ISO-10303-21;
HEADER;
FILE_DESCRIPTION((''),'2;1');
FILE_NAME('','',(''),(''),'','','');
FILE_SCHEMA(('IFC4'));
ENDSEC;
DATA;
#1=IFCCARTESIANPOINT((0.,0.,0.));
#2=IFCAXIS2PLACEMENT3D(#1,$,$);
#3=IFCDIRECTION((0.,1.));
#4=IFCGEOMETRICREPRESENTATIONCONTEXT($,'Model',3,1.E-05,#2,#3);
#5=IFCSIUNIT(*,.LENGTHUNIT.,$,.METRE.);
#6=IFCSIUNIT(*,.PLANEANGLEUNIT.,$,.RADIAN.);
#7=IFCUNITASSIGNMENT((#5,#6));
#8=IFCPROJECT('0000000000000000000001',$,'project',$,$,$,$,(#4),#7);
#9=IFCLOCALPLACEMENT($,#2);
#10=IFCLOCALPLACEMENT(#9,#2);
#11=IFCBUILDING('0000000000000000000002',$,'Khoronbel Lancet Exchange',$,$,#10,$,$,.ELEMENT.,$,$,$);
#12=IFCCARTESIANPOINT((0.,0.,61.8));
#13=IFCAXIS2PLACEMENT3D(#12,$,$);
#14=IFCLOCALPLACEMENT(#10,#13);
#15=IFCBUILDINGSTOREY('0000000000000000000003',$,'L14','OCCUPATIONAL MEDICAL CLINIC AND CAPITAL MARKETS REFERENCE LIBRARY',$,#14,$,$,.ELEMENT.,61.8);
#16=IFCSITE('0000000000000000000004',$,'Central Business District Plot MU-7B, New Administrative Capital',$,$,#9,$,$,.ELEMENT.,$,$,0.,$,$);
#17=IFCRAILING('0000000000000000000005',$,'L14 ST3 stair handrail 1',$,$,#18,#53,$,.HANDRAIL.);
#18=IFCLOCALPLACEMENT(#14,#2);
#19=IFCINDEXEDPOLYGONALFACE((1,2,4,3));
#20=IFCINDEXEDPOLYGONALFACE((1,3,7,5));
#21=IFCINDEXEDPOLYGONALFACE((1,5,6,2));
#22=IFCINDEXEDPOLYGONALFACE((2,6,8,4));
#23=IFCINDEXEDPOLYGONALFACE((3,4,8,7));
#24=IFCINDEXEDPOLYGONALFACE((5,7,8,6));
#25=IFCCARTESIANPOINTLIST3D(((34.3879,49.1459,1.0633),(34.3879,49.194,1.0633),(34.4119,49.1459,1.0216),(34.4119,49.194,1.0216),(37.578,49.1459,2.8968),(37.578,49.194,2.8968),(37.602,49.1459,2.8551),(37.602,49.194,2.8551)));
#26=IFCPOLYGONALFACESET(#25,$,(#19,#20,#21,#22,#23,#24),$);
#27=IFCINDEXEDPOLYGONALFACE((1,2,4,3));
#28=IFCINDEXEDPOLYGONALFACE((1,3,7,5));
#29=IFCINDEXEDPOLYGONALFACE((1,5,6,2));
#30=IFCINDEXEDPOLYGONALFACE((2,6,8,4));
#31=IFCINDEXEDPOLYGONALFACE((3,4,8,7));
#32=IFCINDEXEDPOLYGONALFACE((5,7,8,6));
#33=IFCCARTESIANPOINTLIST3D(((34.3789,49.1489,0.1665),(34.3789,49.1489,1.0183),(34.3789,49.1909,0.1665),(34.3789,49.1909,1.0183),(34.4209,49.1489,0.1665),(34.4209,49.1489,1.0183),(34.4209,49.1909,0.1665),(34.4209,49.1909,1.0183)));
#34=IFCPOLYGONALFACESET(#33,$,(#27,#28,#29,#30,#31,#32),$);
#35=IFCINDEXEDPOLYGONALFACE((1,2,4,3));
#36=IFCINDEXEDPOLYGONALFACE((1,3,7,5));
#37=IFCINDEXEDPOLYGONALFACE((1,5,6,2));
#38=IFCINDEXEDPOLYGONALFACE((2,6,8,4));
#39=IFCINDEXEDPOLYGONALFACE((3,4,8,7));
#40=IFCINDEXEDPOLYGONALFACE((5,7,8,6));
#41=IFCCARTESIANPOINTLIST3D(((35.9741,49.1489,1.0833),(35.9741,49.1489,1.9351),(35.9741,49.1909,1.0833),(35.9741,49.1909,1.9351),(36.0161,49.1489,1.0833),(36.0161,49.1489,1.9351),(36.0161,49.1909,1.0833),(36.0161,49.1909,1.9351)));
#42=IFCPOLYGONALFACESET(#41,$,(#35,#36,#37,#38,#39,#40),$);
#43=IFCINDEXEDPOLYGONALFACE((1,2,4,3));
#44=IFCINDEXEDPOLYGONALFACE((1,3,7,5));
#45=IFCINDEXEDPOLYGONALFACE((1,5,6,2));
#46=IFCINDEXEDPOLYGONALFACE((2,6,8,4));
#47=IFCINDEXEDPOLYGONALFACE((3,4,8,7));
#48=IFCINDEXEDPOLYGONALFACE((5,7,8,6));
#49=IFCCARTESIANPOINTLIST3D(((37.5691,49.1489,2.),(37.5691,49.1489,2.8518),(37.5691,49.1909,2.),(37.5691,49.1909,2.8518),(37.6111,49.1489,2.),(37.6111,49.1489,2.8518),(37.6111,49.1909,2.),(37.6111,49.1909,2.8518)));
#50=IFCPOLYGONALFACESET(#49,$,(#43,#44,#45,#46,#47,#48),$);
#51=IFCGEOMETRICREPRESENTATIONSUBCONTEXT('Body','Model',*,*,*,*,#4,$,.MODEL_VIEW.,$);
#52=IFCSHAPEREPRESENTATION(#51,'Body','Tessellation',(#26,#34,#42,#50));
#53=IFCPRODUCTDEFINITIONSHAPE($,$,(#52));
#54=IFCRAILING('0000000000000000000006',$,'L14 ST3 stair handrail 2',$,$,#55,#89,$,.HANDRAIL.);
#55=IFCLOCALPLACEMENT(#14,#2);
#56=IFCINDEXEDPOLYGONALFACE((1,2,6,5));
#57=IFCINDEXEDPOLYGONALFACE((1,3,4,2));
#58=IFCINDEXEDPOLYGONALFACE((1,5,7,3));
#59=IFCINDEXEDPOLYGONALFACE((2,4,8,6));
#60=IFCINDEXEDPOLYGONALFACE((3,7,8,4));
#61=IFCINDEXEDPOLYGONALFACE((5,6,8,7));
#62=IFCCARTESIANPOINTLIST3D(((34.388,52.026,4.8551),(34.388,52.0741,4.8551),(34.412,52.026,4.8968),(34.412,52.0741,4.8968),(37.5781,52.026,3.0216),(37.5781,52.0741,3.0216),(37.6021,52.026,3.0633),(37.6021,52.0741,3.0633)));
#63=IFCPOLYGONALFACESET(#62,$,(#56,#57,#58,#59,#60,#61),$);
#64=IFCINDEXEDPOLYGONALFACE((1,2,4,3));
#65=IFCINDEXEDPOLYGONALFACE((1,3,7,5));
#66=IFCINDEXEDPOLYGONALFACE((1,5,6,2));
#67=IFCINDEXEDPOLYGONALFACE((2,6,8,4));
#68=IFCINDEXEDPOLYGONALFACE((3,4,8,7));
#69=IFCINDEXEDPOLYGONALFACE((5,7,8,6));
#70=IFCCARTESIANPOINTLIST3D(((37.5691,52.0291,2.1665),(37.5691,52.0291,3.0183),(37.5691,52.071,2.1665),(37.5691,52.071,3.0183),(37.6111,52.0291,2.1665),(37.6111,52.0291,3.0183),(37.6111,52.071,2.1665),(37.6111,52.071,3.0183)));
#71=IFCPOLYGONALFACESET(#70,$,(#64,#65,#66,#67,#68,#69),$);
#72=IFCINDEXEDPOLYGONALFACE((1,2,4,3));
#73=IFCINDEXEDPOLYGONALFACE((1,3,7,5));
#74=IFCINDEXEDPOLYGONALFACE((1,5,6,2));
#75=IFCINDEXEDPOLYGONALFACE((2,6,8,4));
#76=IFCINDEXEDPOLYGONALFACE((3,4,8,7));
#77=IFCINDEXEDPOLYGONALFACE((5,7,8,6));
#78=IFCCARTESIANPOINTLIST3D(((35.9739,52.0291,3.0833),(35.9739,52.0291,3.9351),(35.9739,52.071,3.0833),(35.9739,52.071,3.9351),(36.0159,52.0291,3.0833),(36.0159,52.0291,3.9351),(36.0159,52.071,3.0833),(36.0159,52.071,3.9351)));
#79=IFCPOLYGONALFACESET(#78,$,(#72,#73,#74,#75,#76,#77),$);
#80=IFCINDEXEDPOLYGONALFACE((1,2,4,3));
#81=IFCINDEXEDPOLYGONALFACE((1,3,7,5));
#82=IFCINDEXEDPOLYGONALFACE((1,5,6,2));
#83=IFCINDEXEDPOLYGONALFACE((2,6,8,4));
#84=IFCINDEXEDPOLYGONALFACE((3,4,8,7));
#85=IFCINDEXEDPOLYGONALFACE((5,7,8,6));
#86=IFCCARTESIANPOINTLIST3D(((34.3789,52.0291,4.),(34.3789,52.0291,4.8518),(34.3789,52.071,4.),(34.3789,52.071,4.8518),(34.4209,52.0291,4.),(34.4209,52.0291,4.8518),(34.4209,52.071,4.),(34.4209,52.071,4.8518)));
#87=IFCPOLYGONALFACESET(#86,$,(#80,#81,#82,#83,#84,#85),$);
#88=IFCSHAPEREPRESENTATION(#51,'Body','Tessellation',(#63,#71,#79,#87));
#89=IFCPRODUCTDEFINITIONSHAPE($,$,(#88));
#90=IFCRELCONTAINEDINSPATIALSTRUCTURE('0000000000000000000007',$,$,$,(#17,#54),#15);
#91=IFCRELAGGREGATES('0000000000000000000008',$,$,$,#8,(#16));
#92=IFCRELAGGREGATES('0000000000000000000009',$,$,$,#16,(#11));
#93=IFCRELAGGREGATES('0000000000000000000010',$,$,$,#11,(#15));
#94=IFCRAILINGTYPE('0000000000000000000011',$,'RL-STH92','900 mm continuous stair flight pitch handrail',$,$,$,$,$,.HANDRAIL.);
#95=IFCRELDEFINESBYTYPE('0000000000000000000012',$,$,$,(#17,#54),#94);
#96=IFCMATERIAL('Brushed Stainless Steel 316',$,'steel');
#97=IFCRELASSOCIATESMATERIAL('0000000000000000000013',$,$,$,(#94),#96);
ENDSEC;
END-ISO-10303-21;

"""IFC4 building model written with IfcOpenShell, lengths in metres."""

from ifc_helpers import new_model, si_unit, direction, frame, origin, origin_2d, place, context, subcontext, project, spatial, rectangle, extrude, material, type_object, element, save


model = new_model("IFC4")

# Units and contexts
model_context = context("Model", 3, precision=1e-05, world=origin(), true_north=direction((0.0, 1.0)))
body_context = subcontext(model_context, "Body", "Model", "MODEL_VIEW")
ifc_project = project(units=[si_unit("LENGTHUNIT", "METRE"), si_unit("PLANEANGLEUNIT", "RADIAN")], contexts=[model_context])

# Site, building, storey
site_placement = place(None, origin())
site = spatial("IfcSite", under=ifc_project, at=site_placement, Name="Central Business District Plot MU-7B, New Administrative Capital", CompositionType="ELEMENT", RefElevation=0.0)
building_placement = place(site_placement, origin())
building = spatial("IfcBuilding", under=site, at=building_placement, Name="Khoronbel Lancet Exchange", CompositionType="ELEMENT")
storey_placement = place(building_placement, frame((0.0, 0.0, 61.8)))
storey = spatial("IfcBuildingStorey", under=building, at=storey_placement, Name="L14", Description="OCCUPATIONAL MEDICAL CLINIC AND CAPITAL MARKETS REFERENCE LIBRARY", CompositionType="ELEMENT", Elevation=61.8)

# Railings
ifc_material_1 = material(Name="Brushed Stainless Steel 316", Category="steel")
railing_type_1 = type_object("IfcRailingType", Name="RL-STH92", Description="900 mm continuous stair flight pitch handrail", PredefinedType="HANDRAIL", material=ifc_material_1)
railing_1_placement = place(storey_placement, frame((34.3999, 49.1699, 0.1665)))
element("IfcRailing", 1, at=railing_1_placement, inside=storey, type_object=railing_type_1, Name="L14 ST3 stair handrail 1", PredefinedType="HANDRAIL", context=body_context, shape_type="SweptSolid", body=[
    extrude(rectangle(XDim=0.0481, YDim=0.0481, at=origin_2d()), frame((0.0, 0.0, 0.876), z_axis=(0.867007, 0.0, 0.498295), x_axis=(0.0, 1.0, 0.0)), (0.0, 0.0, 1.0), 3.6794),
    extrude(rectangle(XDim=0.042, YDim=0.042, at=origin_2d()), origin(), (0.0, 0.0, 1.0), 0.8518),
    extrude(rectangle(XDim=0.042, YDim=0.042, at=origin_2d()), frame((1.5952, 0.0, 0.9167)), (0.0, 0.0, 1.0), 0.8518),
    extrude(rectangle(XDim=0.042, YDim=0.042, at=origin_2d()), frame((3.1902, 0.0, 1.8335)), (0.0, 0.0, 1.0), 0.8518),
])
railing_2_placement = place(storey_placement, frame((37.5901, 52.05, 2.1665)))
element("IfcRailing", 2, at=railing_2_placement, inside=storey, type_object=railing_type_1, Name="L14 ST3 stair handrail 2", PredefinedType="HANDRAIL", context=body_context, shape_type="SweptSolid", body=[
    extrude(rectangle(XDim=0.0481, YDim=0.0481, at=origin_2d()), frame((0.0, 0.0, 0.876), z_axis=(-0.867007, 0.0, 0.498295), x_axis=(0.0, -1.0, 0.0)), (0.0, 0.0, 1.0), 3.6794),
    extrude(rectangle(XDim=0.042, YDim=0.042, at=origin_2d()), origin(), (0.0, 0.0, 1.0), 0.8518),
    extrude(rectangle(XDim=0.042, YDim=0.042, at=origin_2d()), frame((-1.5952, 0.0, 0.9167)), (0.0, 0.0, 1.0), 0.8518),
    extrude(rectangle(XDim=0.042, YDim=0.042, at=origin_2d()), frame((-3.1902, 0.0, 1.8335)), (0.0, 0.0, 1.0), 0.8518),
])

save(model, "model.ifc")
